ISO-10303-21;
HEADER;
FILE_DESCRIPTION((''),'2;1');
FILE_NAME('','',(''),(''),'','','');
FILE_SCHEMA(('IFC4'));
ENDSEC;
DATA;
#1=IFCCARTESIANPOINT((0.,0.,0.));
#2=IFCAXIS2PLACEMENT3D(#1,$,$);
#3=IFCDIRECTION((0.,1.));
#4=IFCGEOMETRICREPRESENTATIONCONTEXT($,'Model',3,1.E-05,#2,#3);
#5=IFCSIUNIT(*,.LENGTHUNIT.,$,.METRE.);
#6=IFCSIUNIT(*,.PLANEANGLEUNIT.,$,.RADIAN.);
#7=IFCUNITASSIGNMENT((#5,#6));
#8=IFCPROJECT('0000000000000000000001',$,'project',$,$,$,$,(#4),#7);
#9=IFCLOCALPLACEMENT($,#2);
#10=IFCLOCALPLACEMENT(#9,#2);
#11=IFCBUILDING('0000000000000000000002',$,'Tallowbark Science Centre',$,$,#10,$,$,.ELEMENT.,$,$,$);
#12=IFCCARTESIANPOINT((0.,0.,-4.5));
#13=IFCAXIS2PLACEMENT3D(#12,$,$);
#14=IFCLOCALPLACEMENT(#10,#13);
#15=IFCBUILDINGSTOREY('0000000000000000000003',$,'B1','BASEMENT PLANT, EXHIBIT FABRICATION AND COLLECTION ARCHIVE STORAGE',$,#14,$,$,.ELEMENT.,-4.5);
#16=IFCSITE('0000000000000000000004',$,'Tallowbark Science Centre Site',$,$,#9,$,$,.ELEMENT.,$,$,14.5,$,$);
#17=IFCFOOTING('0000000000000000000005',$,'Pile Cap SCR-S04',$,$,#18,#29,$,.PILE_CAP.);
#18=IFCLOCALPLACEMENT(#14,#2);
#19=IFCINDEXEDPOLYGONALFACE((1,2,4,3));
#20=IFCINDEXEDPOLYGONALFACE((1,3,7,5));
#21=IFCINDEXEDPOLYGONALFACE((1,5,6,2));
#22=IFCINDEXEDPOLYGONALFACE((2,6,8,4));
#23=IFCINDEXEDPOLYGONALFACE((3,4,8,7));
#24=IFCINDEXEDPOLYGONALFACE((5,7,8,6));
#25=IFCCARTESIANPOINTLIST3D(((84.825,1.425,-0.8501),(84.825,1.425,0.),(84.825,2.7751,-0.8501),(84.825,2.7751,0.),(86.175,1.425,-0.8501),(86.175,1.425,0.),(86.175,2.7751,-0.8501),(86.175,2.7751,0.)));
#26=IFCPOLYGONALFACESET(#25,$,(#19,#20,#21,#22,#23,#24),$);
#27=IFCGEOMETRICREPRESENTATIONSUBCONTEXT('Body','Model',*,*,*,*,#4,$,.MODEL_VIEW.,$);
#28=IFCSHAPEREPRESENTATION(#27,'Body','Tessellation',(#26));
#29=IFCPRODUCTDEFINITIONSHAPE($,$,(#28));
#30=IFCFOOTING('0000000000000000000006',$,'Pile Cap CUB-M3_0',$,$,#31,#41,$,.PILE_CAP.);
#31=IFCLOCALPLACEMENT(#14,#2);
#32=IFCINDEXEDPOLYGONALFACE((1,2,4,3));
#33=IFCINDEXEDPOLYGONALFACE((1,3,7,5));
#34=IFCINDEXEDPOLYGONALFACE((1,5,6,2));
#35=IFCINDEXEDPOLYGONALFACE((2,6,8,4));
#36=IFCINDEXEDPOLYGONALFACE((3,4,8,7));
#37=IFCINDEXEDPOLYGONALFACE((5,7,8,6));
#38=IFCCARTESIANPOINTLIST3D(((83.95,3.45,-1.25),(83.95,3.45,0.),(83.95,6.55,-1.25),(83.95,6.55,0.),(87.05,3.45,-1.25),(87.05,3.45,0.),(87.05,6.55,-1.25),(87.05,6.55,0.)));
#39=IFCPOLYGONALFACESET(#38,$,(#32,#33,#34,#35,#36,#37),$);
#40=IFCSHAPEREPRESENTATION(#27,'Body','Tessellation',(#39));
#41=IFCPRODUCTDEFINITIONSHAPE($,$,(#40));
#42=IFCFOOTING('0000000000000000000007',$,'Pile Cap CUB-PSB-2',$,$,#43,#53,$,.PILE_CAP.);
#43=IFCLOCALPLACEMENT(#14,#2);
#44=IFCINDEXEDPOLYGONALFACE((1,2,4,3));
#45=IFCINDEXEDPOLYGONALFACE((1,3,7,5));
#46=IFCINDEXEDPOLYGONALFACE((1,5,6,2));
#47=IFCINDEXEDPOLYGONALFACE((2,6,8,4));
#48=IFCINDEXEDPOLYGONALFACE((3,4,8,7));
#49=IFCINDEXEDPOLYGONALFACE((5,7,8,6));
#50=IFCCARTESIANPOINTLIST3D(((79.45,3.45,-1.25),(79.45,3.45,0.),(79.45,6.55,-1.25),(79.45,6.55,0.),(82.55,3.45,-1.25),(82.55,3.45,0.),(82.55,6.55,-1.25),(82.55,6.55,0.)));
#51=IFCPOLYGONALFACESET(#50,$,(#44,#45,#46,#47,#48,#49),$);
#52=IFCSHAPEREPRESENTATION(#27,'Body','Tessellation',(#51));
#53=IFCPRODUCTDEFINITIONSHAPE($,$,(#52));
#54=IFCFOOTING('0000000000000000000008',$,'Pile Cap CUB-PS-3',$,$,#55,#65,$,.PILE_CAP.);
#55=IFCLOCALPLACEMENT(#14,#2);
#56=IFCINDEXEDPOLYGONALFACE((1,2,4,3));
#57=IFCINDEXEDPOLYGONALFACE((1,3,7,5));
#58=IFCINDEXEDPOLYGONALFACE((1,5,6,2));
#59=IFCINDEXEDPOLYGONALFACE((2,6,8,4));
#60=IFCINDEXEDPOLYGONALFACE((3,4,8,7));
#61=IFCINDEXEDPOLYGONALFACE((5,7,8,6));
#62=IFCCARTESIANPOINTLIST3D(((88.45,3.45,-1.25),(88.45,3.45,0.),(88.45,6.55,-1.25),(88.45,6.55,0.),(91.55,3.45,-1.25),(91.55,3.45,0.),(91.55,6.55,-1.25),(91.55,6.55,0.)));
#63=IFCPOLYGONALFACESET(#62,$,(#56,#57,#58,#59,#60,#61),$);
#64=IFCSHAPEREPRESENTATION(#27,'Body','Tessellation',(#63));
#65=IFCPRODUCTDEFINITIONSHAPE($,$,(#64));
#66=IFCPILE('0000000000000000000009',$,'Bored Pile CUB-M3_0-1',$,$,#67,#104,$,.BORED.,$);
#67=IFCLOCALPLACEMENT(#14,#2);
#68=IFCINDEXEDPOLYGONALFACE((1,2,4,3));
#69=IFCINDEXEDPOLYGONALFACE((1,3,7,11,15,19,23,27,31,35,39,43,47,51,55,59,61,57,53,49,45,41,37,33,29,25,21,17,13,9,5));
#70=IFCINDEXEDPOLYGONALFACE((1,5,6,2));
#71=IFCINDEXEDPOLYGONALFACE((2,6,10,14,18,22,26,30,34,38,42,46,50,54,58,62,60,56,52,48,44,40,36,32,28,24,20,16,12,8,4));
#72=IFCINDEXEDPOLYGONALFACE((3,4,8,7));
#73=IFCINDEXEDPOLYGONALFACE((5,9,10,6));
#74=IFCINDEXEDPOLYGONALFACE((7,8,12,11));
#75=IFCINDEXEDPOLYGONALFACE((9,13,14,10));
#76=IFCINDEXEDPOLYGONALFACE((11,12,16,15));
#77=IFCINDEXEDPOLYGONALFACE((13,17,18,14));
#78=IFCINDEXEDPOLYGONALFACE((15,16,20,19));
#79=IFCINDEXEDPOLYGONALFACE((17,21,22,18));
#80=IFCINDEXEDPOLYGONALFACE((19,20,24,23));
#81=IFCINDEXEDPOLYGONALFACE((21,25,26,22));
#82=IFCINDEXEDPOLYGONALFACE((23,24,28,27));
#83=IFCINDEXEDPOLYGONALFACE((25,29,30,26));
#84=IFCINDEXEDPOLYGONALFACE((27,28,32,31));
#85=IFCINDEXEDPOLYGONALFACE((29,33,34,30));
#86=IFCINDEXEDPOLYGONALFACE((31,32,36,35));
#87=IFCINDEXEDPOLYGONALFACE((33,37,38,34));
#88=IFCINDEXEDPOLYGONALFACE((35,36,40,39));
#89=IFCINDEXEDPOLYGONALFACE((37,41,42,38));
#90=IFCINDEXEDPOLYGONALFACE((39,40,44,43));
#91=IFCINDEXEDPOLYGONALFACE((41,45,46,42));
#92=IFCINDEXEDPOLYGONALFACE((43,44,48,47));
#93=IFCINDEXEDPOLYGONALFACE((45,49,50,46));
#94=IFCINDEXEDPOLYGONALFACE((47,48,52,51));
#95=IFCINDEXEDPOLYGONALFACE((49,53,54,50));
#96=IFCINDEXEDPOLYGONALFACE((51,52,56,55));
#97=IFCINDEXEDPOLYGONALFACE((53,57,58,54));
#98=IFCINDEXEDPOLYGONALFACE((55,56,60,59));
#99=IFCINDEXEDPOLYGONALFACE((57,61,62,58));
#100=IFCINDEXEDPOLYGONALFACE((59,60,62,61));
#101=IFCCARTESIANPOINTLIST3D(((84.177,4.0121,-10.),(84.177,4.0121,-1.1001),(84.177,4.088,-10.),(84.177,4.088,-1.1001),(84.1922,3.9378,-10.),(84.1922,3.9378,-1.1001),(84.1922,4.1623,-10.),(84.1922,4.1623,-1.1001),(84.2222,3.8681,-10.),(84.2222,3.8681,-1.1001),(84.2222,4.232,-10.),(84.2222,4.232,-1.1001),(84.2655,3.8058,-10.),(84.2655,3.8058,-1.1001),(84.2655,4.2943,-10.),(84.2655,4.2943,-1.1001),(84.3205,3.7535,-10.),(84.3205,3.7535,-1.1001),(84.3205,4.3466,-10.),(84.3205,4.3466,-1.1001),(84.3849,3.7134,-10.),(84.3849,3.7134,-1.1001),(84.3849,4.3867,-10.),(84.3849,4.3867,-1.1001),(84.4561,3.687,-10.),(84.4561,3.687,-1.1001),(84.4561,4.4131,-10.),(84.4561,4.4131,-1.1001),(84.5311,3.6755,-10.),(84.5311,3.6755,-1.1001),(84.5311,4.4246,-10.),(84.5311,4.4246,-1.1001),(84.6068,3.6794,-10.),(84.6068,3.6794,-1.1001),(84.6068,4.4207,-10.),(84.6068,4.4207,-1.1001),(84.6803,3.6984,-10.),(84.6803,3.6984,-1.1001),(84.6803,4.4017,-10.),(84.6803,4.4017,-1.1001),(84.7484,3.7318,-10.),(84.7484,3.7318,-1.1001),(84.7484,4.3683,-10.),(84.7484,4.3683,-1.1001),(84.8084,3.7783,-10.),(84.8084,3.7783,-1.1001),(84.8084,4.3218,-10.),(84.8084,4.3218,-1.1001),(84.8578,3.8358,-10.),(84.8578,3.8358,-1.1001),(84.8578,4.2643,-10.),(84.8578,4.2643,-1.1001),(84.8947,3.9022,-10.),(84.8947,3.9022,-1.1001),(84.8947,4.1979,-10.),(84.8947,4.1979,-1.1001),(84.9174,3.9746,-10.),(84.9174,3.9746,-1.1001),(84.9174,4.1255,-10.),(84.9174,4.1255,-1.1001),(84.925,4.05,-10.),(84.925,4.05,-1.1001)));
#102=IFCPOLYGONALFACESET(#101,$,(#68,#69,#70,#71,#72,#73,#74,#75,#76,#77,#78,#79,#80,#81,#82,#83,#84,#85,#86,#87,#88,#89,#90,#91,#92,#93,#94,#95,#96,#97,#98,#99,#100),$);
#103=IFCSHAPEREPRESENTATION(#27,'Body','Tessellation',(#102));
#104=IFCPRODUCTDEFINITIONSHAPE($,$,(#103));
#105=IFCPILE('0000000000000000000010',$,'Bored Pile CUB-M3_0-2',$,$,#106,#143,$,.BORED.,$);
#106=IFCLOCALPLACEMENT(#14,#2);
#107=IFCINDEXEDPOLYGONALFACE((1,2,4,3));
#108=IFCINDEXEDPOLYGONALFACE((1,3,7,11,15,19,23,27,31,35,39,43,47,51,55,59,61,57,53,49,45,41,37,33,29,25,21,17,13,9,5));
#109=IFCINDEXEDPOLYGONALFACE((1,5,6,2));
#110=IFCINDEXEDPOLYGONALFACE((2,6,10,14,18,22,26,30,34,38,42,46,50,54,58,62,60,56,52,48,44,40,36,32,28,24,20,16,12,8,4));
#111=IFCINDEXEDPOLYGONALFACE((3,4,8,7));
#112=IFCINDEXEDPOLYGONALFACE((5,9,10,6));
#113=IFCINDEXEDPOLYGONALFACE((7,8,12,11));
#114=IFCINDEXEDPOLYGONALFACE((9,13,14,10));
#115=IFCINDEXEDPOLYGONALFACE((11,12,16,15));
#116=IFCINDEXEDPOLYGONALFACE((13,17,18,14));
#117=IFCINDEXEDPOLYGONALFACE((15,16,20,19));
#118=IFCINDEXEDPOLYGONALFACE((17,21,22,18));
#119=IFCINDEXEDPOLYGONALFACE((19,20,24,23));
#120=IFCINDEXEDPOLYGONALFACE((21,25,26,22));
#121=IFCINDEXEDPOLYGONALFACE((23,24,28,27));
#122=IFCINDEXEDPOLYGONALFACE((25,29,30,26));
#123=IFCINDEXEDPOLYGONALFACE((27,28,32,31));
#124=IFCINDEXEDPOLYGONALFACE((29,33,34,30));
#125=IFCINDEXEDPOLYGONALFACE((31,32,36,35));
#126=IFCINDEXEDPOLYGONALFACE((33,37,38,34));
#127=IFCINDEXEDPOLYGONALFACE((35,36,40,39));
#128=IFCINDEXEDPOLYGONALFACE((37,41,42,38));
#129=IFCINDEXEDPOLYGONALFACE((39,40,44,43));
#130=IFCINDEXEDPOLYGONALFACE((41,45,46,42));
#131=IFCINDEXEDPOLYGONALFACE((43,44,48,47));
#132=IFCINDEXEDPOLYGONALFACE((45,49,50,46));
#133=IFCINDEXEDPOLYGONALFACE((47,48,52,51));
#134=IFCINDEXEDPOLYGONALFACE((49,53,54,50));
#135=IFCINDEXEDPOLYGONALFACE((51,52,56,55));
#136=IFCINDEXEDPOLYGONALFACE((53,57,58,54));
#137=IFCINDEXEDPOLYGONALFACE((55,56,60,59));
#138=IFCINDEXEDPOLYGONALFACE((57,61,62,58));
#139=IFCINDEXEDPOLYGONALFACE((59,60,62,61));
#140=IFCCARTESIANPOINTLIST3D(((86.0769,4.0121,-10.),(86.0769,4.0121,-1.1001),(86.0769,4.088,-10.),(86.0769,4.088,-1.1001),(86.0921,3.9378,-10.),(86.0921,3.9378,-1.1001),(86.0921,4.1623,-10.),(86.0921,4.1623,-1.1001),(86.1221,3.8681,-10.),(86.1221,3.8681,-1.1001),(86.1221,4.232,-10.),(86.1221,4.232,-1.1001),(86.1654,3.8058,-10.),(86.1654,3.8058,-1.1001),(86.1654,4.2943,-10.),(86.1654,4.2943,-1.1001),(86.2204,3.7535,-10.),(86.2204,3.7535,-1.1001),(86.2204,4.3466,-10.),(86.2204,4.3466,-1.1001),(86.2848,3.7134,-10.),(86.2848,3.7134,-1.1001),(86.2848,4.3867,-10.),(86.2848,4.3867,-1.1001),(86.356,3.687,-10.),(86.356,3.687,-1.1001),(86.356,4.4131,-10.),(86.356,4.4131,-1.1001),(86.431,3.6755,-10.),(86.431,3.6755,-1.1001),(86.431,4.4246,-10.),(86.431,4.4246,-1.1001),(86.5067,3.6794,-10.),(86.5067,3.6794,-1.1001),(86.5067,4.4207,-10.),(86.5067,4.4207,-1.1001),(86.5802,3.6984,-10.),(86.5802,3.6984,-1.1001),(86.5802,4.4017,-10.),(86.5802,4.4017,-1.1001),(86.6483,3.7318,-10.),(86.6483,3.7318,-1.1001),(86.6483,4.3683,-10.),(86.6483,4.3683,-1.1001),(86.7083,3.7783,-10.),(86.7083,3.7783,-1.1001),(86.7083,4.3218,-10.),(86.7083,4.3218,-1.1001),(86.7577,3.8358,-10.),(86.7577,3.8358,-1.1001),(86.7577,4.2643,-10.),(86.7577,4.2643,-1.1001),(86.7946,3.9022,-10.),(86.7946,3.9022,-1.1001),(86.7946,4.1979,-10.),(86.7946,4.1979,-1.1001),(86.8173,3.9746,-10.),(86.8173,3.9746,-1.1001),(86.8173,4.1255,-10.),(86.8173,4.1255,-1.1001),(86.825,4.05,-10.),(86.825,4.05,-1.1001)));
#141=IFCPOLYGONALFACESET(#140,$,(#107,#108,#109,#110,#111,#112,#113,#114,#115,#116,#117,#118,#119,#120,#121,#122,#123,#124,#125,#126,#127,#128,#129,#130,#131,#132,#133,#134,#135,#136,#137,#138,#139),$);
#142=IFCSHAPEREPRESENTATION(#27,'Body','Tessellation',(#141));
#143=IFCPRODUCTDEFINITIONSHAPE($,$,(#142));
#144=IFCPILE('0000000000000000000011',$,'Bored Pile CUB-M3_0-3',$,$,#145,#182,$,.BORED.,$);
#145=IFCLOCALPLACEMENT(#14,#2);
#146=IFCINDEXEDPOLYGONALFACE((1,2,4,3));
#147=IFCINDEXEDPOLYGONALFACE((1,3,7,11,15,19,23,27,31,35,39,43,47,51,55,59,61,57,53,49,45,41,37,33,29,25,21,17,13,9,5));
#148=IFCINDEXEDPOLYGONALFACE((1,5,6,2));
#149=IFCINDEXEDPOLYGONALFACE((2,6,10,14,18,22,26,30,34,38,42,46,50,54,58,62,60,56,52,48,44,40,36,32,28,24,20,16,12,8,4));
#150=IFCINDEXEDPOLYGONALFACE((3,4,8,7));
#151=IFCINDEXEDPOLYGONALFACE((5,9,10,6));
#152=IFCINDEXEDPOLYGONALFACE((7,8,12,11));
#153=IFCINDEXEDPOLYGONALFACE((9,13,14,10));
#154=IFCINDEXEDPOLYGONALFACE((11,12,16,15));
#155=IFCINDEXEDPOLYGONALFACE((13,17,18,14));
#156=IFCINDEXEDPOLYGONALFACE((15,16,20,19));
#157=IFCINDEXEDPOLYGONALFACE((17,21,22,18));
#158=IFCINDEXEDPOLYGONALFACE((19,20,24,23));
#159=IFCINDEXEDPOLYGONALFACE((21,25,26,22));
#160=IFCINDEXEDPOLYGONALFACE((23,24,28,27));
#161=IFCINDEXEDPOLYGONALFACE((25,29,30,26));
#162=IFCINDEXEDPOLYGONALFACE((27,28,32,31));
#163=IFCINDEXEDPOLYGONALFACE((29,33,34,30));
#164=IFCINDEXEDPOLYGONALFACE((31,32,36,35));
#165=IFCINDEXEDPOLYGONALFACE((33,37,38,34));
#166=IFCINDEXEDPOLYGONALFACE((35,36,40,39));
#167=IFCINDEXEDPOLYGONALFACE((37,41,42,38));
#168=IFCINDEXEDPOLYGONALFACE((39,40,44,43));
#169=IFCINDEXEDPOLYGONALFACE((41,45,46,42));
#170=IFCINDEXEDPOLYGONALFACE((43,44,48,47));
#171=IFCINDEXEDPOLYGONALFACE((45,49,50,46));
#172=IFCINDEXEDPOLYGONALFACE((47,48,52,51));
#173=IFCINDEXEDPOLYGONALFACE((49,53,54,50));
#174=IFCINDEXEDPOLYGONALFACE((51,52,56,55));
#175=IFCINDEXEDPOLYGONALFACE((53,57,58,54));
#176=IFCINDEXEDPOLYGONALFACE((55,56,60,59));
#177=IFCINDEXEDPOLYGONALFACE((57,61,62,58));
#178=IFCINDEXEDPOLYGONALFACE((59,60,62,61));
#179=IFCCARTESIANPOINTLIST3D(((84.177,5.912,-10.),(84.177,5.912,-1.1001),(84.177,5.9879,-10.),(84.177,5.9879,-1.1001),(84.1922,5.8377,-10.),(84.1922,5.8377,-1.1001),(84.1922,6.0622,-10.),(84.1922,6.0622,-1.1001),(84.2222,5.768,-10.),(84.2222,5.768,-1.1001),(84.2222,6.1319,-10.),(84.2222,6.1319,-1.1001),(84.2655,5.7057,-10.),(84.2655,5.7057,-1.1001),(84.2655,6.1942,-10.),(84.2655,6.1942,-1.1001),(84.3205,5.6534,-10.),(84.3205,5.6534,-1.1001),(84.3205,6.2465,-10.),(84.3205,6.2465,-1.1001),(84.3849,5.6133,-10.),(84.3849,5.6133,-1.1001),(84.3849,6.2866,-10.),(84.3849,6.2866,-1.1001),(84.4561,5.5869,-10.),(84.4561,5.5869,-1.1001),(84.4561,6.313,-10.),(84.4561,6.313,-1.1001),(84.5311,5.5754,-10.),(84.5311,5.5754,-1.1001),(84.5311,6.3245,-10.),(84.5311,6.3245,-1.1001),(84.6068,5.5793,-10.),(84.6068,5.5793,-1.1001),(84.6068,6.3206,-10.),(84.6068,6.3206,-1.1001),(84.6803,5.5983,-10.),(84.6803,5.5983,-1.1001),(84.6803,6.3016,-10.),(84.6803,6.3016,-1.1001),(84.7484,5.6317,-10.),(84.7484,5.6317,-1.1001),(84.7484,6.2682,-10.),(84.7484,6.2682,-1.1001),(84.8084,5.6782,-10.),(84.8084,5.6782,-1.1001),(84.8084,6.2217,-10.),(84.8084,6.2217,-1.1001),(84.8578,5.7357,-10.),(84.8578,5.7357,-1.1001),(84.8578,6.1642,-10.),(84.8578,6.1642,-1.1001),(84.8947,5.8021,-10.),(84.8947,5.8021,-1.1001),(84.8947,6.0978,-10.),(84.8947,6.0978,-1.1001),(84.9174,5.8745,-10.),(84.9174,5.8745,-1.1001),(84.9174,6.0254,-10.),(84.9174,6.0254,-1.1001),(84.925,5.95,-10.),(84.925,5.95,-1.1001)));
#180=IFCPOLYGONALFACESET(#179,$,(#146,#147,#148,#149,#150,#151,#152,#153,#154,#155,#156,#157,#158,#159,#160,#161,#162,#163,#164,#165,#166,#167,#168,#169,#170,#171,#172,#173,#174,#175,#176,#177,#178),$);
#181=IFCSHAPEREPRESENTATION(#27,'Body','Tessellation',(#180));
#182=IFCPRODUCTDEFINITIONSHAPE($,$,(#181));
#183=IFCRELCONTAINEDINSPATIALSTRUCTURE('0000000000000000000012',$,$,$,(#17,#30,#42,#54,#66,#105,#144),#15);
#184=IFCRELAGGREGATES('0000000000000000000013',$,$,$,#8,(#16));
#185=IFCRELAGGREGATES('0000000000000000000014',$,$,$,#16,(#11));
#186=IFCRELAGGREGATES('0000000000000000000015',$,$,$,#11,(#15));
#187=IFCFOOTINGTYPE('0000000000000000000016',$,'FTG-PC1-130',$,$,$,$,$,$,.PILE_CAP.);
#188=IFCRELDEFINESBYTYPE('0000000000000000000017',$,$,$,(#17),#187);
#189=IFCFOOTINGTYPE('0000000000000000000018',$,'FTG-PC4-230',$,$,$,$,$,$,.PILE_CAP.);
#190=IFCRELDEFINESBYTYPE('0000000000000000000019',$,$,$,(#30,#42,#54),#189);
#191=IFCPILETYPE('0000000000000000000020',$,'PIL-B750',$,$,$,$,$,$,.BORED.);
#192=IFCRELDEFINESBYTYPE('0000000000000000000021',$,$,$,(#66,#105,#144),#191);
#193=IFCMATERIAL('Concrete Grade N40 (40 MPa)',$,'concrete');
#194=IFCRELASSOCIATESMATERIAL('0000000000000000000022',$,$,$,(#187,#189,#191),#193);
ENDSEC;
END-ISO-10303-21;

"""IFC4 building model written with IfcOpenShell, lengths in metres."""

from ifc_helpers import new_model, si_unit, direction, frame, origin, origin_2d, place, context, subcontext, project, spatial, rectangle, circle, extrude, material, material_profile, profile_set, type_object, element, save


model = new_model("IFC4")

# Units and contexts
model_context = context("Model", 3, precision=1e-05, world=origin(), true_north=direction((0.0, 1.0)))
body_context = subcontext(model_context, "Body", "Model", "MODEL_VIEW")
ifc_project = project(units=[si_unit("LENGTHUNIT", "METRE"), si_unit("PLANEANGLEUNIT", "RADIAN")], contexts=[model_context])

# Site, building, storey
site_placement = place(None, origin())
site = spatial("IfcSite", under=ifc_project, at=site_placement, Name="Tallowbark Science Centre Site", CompositionType="ELEMENT", RefElevation=14.5)
building_placement = place(site_placement, origin())
building = spatial("IfcBuilding", under=site, at=building_placement, Name="Tallowbark Science Centre", CompositionType="ELEMENT")
storey_placement = place(building_placement, frame((0.0, 0.0, -4.5)))
storey = spatial("IfcBuildingStorey", under=building, at=storey_placement, Name="B1", Description="BASEMENT PLANT, EXHIBIT FABRICATION AND COLLECTION ARCHIVE STORAGE", CompositionType="ELEMENT", Elevation=-4.5)

# Footings
ifc_material_1 = material(Name="Concrete Grade N40 (40 MPa)", Category="concrete")
footing_type_1 = type_object("IfcFootingType", Name="FTG-PC1-130", PredefinedType="PILE_CAP", material=ifc_material_1)
footing_placement = place(storey_placement, frame((85.5, 2.1001, -0.8501), z_axis=(0.0, 0.0, 1.0), x_axis=(1.0, 0.0, 0.0)))
element("IfcFooting", 1, at=footing_placement, inside=storey, type_object=footing_type_1, Name="Pile Cap SCR-S04", PredefinedType="PILE_CAP", context=body_context, shape_type="SweptSolid", body=[
    extrude(rectangle(XDim=1.3501, YDim=1.3501, at=origin_2d()), origin(), (0.0, 0.0, 1.0), 0.8501),
])
footing_type_2 = type_object("IfcFootingType", Name="FTG-PC4-230", PredefinedType="PILE_CAP", material=ifc_material_1)
for number, where, z_axis, x_axis, name in (
    (2, (85.5, 5.0, -1.25), (0.0, 0.0, 1.0), (1.0, 0.0, 0.0), "Pile Cap CUB-M3_0"),
    (3, (81.0, 5.0, -1.25), (0.0, 0.0, 1.0), (1.0, 0.0, 0.0), "Pile Cap CUB-PSB-2"),
    (4, (90.0, 5.0, -1.25), (0.0, 0.0, 1.0), (1.0, 0.0, 0.0), "Pile Cap CUB-PS-3"),
):
    element("IfcFooting", number, at=place(storey_placement, frame(where, z_axis=z_axis, x_axis=x_axis)), inside=storey, type_object=footing_type_2, Name=name, PredefinedType="PILE_CAP", context=body_context, shape_type="SweptSolid", body=[
        extrude(rectangle(XDim=3.1001, YDim=3.1001, at=origin_2d()), origin(), (0.0, 0.0, 1.0), 1.25),
    ])

# Piles
ifc_material_profile_1 = material_profile(ifc_material_1, circle(Radius=0.375, at=origin_2d()), Name="PILE750")
ifc_profile_set_1 = profile_set([ifc_material_profile_1], Name="Concrete Grade N40 (40 MPa)")
pile_type = type_object("IfcPileType", Name="PIL-B750", PredefinedType="BORED", material=ifc_profile_set_1)
for number, where, z_axis, x_axis, name in (
    (5, (84.55, 4.05, -1.1001), (0.0, 0.0, -1.0), (1.0, 0.0, 0.0), "Bored Pile CUB-M3_0-1"),
    (6, (86.45, 4.05, -1.1001), (0.0, 0.0, -1.0), (1.0, 0.0, 0.0), "Bored Pile CUB-M3_0-2"),
    (7, (84.55, 5.95, -1.1001), (0.0, 0.0, -1.0), (1.0, 0.0, 0.0), "Bored Pile CUB-M3_0-3"),
):
    element("IfcPile", number, at=place(storey_placement, frame(where, z_axis=z_axis, x_axis=x_axis)), inside=storey, type_object=pile_type, Name=name, PredefinedType="BORED", context=body_context, shape_type="SweptSolid", body=[
        extrude(circle(Radius=0.375, at=origin_2d()), origin(), (0.0, 0.0, 1.0), 8.8999),
    ])

save(model, "model.ifc")
